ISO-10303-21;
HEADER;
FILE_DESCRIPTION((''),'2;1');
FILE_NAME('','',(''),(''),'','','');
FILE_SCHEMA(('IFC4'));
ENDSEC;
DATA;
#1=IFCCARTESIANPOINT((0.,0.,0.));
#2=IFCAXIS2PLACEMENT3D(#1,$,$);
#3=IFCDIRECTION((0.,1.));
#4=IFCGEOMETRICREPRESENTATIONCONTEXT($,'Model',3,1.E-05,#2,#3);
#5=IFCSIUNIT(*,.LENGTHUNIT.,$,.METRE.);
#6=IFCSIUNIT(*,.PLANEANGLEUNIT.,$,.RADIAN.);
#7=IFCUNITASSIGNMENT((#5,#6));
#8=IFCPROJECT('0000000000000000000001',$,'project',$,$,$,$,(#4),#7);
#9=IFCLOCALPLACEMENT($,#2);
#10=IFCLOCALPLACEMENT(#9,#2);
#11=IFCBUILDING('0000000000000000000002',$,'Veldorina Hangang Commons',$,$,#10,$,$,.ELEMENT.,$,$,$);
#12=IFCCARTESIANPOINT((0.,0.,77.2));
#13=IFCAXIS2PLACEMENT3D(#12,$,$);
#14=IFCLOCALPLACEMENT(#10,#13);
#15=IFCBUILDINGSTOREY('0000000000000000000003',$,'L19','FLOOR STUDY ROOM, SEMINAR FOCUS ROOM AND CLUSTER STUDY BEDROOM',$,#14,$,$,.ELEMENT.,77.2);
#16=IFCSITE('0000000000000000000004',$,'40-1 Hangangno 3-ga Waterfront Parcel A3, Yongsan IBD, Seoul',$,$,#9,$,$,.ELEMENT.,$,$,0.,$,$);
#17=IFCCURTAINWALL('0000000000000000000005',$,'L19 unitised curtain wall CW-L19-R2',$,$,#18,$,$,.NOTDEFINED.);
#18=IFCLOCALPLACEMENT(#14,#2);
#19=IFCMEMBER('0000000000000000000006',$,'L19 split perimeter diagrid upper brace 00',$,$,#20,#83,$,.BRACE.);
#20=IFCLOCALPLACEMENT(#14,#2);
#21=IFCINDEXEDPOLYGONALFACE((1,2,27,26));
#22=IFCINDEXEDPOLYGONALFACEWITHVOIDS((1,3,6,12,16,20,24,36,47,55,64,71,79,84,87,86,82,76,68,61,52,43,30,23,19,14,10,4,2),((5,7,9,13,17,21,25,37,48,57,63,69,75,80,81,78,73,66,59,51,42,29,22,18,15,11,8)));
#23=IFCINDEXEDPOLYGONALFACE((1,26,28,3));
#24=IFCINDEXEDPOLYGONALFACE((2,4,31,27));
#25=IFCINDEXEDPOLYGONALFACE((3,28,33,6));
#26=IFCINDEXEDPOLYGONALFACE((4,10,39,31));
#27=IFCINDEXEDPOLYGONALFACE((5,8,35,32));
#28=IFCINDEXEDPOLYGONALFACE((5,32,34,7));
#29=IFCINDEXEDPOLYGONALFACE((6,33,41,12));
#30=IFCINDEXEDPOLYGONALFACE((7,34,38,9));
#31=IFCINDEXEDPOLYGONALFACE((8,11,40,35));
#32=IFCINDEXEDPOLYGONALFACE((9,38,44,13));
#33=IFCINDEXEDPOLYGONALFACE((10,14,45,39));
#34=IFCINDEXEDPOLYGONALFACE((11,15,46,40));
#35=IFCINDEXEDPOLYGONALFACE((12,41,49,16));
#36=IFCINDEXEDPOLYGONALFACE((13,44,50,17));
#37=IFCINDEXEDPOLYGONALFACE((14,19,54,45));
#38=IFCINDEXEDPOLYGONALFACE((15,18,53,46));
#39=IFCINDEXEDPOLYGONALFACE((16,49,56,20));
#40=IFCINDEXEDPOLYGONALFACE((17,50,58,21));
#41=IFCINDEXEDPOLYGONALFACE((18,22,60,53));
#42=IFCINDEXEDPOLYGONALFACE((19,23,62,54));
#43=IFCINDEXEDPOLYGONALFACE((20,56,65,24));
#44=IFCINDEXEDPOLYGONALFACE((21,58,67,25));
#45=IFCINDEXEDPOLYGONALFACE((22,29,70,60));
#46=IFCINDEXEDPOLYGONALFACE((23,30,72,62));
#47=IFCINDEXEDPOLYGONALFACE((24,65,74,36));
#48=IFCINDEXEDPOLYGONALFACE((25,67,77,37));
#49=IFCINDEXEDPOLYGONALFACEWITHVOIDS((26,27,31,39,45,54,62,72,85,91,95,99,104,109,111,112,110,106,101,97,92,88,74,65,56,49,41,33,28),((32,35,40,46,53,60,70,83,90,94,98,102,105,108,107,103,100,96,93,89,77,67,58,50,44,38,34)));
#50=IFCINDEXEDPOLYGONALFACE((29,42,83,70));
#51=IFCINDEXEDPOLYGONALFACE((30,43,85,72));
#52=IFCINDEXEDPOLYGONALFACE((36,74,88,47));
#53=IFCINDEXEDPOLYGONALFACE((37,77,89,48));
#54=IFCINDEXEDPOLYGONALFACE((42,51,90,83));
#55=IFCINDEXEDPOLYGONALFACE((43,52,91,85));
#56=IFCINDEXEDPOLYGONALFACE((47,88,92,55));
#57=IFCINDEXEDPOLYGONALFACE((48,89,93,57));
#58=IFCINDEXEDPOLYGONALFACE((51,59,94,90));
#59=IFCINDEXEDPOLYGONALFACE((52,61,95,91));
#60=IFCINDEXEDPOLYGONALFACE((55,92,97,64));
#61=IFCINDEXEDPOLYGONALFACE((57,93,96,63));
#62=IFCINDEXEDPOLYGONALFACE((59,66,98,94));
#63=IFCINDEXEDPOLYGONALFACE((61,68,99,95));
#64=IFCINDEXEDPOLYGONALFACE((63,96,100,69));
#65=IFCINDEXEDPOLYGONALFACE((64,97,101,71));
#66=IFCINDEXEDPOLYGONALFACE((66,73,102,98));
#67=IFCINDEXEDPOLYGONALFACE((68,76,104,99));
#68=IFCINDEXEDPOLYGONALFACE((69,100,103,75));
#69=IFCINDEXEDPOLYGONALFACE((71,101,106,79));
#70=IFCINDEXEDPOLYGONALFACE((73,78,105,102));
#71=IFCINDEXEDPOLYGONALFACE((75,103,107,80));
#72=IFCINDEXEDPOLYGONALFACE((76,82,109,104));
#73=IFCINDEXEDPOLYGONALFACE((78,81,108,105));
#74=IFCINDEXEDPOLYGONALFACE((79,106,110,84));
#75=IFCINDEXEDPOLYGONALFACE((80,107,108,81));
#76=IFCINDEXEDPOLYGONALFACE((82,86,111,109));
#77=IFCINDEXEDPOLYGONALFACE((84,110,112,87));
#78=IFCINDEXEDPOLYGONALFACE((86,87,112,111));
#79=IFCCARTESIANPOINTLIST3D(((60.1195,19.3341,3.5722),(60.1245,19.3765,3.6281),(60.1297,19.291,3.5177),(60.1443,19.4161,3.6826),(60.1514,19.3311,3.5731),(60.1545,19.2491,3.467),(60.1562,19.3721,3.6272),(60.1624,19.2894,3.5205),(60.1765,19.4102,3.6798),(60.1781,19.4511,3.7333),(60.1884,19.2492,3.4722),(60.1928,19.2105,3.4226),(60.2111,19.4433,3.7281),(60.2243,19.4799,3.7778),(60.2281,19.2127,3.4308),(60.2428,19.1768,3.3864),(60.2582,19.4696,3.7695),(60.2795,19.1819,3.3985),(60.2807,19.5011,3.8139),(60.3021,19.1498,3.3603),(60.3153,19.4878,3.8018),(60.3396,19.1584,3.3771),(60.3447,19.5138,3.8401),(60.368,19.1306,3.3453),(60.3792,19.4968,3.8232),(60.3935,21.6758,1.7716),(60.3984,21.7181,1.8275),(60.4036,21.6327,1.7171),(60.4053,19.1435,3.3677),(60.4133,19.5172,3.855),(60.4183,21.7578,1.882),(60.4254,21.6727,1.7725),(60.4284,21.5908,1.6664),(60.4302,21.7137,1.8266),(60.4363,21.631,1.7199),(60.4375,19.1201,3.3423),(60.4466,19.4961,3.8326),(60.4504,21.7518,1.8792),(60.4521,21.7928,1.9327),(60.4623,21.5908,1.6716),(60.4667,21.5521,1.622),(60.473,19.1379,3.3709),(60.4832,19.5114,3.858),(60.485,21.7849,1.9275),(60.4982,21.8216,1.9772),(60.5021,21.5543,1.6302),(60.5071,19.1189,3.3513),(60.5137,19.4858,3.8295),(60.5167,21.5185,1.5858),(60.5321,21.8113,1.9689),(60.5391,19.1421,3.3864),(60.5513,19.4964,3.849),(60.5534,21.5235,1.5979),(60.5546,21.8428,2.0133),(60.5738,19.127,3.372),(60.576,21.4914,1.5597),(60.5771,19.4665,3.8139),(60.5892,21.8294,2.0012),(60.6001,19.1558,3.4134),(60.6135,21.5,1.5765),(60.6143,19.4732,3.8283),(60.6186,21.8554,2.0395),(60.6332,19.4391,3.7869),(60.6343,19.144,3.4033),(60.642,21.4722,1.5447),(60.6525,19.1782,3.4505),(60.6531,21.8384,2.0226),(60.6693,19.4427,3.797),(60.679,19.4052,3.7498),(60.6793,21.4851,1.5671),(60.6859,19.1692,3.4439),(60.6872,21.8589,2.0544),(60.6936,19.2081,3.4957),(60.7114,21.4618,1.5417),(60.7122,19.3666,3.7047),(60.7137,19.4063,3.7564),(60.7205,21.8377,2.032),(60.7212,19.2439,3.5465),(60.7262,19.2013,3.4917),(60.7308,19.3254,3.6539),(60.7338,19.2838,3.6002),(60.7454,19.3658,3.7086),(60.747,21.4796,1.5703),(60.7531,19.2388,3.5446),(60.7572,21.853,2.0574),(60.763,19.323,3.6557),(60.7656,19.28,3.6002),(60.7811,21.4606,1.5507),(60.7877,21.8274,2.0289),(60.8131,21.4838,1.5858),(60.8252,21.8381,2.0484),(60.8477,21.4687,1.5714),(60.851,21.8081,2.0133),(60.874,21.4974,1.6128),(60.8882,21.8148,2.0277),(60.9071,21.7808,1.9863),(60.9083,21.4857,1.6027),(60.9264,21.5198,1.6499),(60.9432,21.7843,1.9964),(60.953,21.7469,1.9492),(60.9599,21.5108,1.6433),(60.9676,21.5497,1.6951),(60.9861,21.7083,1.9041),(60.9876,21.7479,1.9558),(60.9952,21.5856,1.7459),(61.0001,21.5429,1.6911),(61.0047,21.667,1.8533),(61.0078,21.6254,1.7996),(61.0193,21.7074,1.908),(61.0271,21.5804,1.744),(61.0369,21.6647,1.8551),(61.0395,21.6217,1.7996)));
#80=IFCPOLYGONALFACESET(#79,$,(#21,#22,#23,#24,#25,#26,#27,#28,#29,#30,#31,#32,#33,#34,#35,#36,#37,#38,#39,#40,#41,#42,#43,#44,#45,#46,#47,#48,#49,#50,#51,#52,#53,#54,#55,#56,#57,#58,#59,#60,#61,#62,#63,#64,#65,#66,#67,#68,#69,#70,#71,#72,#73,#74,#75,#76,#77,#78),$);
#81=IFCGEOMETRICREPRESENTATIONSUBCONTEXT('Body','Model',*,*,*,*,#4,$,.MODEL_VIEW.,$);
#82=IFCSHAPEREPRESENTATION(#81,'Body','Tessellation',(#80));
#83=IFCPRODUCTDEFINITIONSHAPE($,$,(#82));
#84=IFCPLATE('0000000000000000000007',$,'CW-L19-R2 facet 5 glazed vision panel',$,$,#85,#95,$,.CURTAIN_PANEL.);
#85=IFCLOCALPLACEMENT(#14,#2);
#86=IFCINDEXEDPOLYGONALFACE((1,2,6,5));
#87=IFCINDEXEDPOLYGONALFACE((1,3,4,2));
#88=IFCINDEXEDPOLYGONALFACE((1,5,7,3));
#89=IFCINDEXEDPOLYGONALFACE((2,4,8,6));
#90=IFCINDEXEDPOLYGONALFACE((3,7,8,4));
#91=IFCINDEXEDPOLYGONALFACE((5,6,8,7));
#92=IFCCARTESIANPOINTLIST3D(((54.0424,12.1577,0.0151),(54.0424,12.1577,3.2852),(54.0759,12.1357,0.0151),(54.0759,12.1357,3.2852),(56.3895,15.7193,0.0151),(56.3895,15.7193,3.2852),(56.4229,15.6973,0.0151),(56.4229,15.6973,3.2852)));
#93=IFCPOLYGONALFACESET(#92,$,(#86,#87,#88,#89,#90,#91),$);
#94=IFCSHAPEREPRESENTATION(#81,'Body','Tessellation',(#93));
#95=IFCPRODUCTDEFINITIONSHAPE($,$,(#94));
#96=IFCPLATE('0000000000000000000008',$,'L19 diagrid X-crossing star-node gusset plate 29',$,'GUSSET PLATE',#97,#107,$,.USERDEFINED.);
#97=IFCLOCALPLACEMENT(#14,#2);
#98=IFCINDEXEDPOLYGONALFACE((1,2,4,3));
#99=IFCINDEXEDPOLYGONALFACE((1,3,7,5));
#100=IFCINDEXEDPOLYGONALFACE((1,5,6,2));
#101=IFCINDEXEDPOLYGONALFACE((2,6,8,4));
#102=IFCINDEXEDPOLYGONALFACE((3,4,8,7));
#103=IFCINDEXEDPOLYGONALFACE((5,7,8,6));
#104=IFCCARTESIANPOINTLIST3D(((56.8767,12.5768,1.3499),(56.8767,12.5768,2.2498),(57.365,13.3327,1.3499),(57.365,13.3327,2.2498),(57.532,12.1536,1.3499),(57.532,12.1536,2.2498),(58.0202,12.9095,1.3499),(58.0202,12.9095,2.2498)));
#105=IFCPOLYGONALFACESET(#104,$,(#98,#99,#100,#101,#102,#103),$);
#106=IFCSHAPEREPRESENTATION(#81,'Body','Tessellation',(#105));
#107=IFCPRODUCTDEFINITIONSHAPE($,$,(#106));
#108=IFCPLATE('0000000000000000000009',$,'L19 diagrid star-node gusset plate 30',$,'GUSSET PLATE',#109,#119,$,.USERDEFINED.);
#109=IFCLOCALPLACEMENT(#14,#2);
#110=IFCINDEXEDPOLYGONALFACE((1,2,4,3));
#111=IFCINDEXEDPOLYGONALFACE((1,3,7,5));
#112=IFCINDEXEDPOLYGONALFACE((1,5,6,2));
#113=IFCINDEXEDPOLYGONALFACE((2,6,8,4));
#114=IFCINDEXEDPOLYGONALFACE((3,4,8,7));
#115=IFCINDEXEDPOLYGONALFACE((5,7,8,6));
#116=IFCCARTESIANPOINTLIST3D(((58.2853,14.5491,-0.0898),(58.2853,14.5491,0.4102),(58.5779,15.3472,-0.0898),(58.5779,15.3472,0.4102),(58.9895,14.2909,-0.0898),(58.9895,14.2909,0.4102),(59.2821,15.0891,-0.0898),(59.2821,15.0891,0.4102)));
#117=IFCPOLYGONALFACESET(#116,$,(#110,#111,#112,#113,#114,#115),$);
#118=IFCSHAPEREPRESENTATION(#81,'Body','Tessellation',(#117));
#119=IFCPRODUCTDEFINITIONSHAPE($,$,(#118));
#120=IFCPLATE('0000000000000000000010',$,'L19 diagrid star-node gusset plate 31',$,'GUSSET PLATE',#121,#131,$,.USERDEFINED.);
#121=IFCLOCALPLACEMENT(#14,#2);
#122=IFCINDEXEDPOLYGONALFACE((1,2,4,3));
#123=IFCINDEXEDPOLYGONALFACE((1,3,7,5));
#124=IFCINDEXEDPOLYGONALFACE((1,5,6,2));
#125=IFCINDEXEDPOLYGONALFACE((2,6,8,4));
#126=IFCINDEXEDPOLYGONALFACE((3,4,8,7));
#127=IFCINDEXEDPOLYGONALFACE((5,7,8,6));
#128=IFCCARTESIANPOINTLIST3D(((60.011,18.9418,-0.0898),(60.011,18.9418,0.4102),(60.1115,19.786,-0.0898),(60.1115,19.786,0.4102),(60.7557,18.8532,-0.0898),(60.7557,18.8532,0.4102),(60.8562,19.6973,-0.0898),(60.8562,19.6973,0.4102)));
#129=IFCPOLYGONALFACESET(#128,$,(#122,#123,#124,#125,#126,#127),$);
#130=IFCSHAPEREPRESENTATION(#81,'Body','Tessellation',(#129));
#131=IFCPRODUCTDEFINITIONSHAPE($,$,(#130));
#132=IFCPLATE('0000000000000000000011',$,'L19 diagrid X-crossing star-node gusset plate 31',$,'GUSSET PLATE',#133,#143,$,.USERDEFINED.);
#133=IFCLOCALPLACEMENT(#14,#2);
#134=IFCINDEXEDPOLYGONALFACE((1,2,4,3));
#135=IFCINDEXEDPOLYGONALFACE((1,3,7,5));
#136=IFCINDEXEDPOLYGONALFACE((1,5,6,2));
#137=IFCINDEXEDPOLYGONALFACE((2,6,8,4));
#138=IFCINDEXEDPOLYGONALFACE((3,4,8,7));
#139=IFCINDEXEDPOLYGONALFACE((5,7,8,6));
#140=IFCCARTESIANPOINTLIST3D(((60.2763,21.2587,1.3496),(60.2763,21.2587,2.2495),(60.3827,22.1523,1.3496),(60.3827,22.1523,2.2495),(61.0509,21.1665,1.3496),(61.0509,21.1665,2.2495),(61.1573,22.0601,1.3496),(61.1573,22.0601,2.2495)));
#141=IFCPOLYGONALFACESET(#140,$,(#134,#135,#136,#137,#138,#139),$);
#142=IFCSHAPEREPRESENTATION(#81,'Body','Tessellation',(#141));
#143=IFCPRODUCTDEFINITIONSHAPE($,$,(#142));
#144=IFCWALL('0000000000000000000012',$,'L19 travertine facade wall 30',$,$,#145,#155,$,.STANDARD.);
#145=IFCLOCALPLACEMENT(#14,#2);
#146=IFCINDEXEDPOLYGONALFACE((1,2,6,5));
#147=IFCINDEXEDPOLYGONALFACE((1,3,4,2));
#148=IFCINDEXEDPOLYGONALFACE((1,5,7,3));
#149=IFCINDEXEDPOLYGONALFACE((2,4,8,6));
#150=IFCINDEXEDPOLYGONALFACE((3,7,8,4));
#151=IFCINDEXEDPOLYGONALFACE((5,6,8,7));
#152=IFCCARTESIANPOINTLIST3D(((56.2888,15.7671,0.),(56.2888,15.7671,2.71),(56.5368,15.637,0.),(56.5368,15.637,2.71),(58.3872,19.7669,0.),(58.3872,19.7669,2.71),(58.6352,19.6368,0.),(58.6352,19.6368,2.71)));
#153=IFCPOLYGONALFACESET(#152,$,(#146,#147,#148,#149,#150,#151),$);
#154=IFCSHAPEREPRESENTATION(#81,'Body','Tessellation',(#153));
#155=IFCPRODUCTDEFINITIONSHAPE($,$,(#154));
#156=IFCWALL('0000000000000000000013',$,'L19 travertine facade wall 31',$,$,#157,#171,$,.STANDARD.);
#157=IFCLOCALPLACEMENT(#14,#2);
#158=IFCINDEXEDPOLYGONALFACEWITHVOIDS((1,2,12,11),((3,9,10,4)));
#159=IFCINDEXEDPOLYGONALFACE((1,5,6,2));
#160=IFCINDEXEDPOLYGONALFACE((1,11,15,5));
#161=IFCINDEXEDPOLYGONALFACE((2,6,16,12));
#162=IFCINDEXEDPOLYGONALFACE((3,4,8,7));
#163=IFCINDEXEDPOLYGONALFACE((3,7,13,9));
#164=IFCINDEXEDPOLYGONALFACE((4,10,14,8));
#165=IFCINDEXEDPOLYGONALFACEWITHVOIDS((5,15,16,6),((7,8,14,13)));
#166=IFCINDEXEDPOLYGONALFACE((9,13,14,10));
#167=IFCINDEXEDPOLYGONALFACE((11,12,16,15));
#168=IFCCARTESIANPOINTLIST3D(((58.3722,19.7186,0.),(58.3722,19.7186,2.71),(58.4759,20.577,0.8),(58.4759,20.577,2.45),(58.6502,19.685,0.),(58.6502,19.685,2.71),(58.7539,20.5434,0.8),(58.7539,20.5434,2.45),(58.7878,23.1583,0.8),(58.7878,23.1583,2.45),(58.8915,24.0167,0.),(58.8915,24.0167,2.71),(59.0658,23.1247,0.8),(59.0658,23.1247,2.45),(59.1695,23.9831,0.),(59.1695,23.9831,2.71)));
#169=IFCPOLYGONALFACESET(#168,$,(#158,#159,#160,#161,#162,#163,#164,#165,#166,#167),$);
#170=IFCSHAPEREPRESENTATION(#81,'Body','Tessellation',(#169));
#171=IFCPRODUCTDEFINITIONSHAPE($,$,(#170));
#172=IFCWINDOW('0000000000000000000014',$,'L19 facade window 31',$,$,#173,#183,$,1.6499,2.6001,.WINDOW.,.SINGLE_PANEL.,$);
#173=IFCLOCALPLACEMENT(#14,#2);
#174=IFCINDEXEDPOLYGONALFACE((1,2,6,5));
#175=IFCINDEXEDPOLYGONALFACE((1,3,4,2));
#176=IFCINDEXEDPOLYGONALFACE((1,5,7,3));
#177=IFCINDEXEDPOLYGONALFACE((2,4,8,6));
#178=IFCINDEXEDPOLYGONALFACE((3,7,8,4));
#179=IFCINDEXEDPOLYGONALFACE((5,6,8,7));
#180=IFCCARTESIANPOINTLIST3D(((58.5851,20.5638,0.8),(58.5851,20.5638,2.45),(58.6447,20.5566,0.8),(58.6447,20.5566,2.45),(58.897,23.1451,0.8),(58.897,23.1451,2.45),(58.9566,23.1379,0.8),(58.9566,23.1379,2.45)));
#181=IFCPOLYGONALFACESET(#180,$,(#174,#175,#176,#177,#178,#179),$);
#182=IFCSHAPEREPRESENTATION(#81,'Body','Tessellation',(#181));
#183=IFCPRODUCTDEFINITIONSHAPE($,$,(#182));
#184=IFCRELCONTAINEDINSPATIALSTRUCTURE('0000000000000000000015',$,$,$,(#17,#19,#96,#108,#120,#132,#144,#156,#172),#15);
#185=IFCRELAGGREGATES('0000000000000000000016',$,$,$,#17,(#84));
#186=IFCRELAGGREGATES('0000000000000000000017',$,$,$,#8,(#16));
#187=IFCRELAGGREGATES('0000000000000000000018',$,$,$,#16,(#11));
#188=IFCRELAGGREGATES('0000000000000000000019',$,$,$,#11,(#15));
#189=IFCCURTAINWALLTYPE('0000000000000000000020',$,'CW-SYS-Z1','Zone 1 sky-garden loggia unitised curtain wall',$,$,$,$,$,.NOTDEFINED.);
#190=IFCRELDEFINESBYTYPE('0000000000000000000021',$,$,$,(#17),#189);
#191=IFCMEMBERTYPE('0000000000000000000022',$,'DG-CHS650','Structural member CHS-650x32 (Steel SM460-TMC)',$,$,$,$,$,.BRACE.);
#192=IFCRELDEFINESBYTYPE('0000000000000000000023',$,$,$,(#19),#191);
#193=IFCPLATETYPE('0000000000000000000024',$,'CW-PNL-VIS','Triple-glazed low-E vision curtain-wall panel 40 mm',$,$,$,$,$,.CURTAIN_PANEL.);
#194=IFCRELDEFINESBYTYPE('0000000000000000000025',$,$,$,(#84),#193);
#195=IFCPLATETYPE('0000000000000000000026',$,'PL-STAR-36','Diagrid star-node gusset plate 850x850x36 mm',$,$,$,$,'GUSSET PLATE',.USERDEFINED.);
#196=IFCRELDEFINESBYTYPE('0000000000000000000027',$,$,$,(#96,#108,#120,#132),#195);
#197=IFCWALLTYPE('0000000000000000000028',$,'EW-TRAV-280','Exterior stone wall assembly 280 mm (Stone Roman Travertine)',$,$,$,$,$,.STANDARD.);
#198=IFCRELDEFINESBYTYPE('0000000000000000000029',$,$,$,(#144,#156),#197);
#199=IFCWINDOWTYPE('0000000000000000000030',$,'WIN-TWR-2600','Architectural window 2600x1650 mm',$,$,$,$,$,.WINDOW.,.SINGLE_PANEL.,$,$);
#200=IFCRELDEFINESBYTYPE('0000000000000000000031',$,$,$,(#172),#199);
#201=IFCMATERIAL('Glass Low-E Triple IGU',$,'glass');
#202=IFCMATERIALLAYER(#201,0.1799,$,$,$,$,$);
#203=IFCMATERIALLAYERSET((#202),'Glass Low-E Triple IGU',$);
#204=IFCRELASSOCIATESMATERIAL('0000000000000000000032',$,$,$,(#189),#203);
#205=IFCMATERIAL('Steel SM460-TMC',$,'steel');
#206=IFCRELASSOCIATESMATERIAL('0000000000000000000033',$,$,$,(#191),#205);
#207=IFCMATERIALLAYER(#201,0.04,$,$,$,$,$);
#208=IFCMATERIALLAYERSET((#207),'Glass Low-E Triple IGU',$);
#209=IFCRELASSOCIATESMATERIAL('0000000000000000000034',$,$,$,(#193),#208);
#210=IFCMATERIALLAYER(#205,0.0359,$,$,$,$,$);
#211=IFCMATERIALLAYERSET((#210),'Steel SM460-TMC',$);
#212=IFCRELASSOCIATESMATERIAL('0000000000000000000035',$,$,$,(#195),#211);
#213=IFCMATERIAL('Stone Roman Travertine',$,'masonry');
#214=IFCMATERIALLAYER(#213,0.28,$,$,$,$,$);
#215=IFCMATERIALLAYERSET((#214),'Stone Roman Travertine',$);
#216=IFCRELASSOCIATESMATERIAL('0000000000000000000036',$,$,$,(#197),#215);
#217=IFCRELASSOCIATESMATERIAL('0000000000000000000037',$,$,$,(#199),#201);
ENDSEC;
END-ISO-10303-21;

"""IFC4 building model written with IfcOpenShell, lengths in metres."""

from ifc_helpers import new_model, si_unit, direction, frame, frame_2d, origin, origin_2d, place, context, subcontext, project, spatial, rectangle, hollow_circle, extrude, material, layer, layer_set, material_profile, profile_set, type_object, element, fill, aggregate, save


model = new_model("IFC4")

# Units and contexts
model_context = context("Model", 3, precision=1e-05, world=origin(), true_north=direction((0.0, 1.0)))
body_context = subcontext(model_context, "Body", "Model", "MODEL_VIEW")
ifc_project = project(units=[si_unit("LENGTHUNIT", "METRE"), si_unit("PLANEANGLEUNIT", "RADIAN")], contexts=[model_context])

# Site, building, storey
site_placement = place(None, origin())
site = spatial("IfcSite", under=ifc_project, at=site_placement, Name="40-1 Hangangno 3-ga Waterfront Parcel A3, Yongsan IBD, Seoul", CompositionType="ELEMENT", RefElevation=0.0)
building_placement = place(site_placement, origin())
building = spatial("IfcBuilding", under=site, at=building_placement, Name="Veldorina Hangang Commons", CompositionType="ELEMENT")
storey_placement = place(building_placement, frame((0.0, 0.0, 77.2)))
storey = spatial("IfcBuildingStorey", under=building, at=storey_placement, Name="L19", Description="FLOOR STUDY ROOM, SEMINAR FOCUS ROOM AND CLUSTER STUDY BEDROOM", CompositionType="ELEMENT", Elevation=77.2)

# Curtain wall
ifc_material_1 = material(Name="Glass Low-E Triple IGU", Category="glass")
ifc_layer_1 = layer(ifc_material_1, 0.1799)
ifc_layer_set_1 = layer_set([ifc_layer_1], Name="Glass Low-E Triple IGU")
curtain_wall_type = type_object("IfcCurtainWallType", Name="CW-SYS-Z1", Description="Zone 1 sky-garden loggia unitised curtain wall", PredefinedType="NOTDEFINED", material=ifc_layer_set_1)
curtain_wall_placement = place(storey_placement, origin())
curtain_wall = element("IfcCurtainWall", 1, at=curtain_wall_placement, inside=storey, type_object=curtain_wall_type, Name="L19 unitised curtain wall CW-L19-R2", PredefinedType="NOTDEFINED")

# Member
ifc_material_2 = material(Name="Steel SM460-TMC", Category="steel")
ifc_material_profile_1 = material_profile(ifc_material_2, hollow_circle(Radius=0.325, WallThickness=0.032, at=origin_2d()), Name="CHS-650x32")
ifc_profile_set_1 = profile_set([ifc_material_profile_1], Name="Steel SM460-TMC")
member_type_1 = type_object("IfcMemberType", Name="DG-CHS650", Description="Structural member CHS-650x32 (Steel SM460-TMC)", PredefinedType="BRACE", material=ifc_profile_set_1)
member_1_placement = place(storey_placement, frame((60.7168, 21.6594, 1.7996), z_axis=(-0.092341, -0.789345, 0.606967), x_axis=(0.993227, -0.116192, 0.0)))
element("IfcMember", 2, at=member_1_placement, inside=storey, type_object=member_type_1, Name="L19 split perimeter diagrid upper brace 00", PredefinedType="BRACE", context=body_context, shape_type="SweptSolid", body=[
    extrude(hollow_circle(Radius=0.325, WallThickness=0.032, at=origin_2d()), origin(), (0.0, 0.0, 1.0), 2.9666),
])

# Plate
ifc_layer_2 = layer(ifc_material_1, 0.04)
ifc_layer_set_2 = layer_set([ifc_layer_2], Name="Glass Low-E Triple IGU")
plate_type_1 = type_object("IfcPlateType", Name="CW-PNL-VIS", Description="Triple-glazed low-E vision curtain-wall panel 40 mm", PredefinedType="CURTAIN_PANEL", material=ifc_layer_set_2)
plate_1_placement = place(storey_placement, frame((55.2327, 13.9275, 0.0151), z_axis=(0.0, 0.0, 1.0), x_axis=(0.550248, 0.835002, 0.0)))
plate_1 = element("IfcPlate", 3, at=plate_1_placement, type_object=plate_type_1, Name="CW-L19-R2 facet 5 glazed vision panel", PredefinedType="CURTAIN_PANEL", context=body_context, shape_type="SweptSolid", body=[
    extrude(rectangle(XDim=4.2654, YDim=0.04, at=origin_2d()), origin(), (0.0, 0.0, 1.0), 3.27),
])
aggregate(curtain_wall, [plate_1])

# Plates
ifc_layer_3 = layer(ifc_material_2, 0.0359)
ifc_layer_set_3 = layer_set([ifc_layer_3], Name="Steel SM460-TMC")
plate_type_2 = type_object("IfcPlateType", Name="PL-STAR-36", Description="Diagrid star-node gusset plate 850x850x36 mm", ElementType="GUSSET PLATE", PredefinedType="USERDEFINED", material=ifc_layer_set_3)
plate_2_placement = place(storey_placement, frame((57.4485, 12.7432, 1.3499), z_axis=(0.0, 0.0, 1.0), x_axis=(0.542559, 0.840018, 0.0)))
element("IfcPlate", 4, at=plate_2_placement, inside=storey, type_object=plate_type_2, Name="L19 diagrid X-crossing star-node gusset plate 29", ObjectType="GUSSET PLATE", PredefinedType="USERDEFINED", context=body_context, shape_type="SweptSolid", body=[
    extrude(rectangle(XDim=0.8999, YDim=0.78, at=origin_2d()), origin(), (0.0, 0.0, 1.0), 0.8999),
])
for number, where, z_axis, x_axis, name in (
    (5, (58.7837, 14.8191, -0.0898), (0.0, 0.0, 1.0), (0.344184, 0.938902, 0.0), "L19 diagrid star-node gusset plate 30"),
    (6, (60.4336, 19.3196, -0.0898), (0.0, 0.0, 1.0), (0.118179, 0.992992, 0.0), "L19 diagrid star-node gusset plate 31"),
):
    element("IfcPlate", number, at=place(storey_placement, frame(where, z_axis=z_axis, x_axis=x_axis)), inside=storey, type_object=plate_type_2, Name=name, ObjectType="GUSSET PLATE", PredefinedType="USERDEFINED", context=body_context, shape_type="SweptSolid", body=[
        extrude(rectangle(XDim=0.8501, YDim=0.75, at=origin_2d()), origin(), (0.0, 0.0, 1.0), 0.5),
    ])
plate_3_placement = place(storey_placement, frame((60.7168, 21.6594, 1.3496), z_axis=(0.0, 0.0, 1.0), x_axis=(0.118179, 0.992992, 0.0)))
element("IfcPlate", 7, at=plate_3_placement, inside=storey, type_object=plate_type_2, Name="L19 diagrid X-crossing star-node gusset plate 31", ObjectType="GUSSET PLATE", PredefinedType="USERDEFINED", context=body_context, shape_type="SweptSolid", body=[
    extrude(rectangle(XDim=0.8999, YDim=0.78, at=origin_2d()), origin(), (0.0, 0.0, 1.0), 0.8999),
])

# Wall
ifc_material_3 = material(Name="Stone Roman Travertine", Category="masonry")
ifc_layer_4 = layer(ifc_material_3, 0.28)
ifc_layer_set_4 = layer_set([ifc_layer_4], Name="Stone Roman Travertine")
wall_type_1 = type_object("IfcWallType", Name="EW-TRAV-280", Description="Exterior stone wall assembly 280 mm (Stone Roman Travertine)", PredefinedType="STANDARD", material=ifc_layer_set_4)
wall_1_placement = place(storey_placement, frame((56.4128, 15.7021, 0.0), z_axis=(0.0, 0.0, 1.0), x_axis=(0.464576, 0.885533, 0.0)))
element("IfcWall", 8, at=wall_1_placement, inside=storey, type_object=wall_type_1, Name="L19 travertine facade wall 30", PredefinedType="STANDARD", context=body_context, shape_type="SweptSolid", body=[
    extrude(rectangle(XDim=4.5168, YDim=0.28, at=frame_2d((2.2583, 0.0))), origin(), (0.0, 0.0, 1.0), 2.71),
])

# Wall, opening, window
wall_2_placement = place(storey_placement, frame((58.5112, 19.7019, 0.0), z_axis=(0.0, 0.0, 1.0), x_axis=(0.119946, 0.99278, 0.0)))
wall_2 = element("IfcWall", 9, at=wall_2_placement, inside=storey, type_object=wall_type_1, Name="L19 travertine facade wall 31", PredefinedType="STANDARD", context=body_context, shape_type="SweptSolid", body=[
    extrude(rectangle(XDim=4.3293, YDim=0.28, at=frame_2d((2.1646, 0.0))), origin(), (0.0, 0.0, 1.0), 2.71),
])
opening_1_placement = place(wall_2_placement, frame((0.8645, 0.0, 0.8)))
opening_1 = element("IfcOpeningElement", 10, at=opening_1_placement, cuts=wall_2, PredefinedType="OPENING", context=body_context, shape_type="SweptSolid", body=[
    extrude(rectangle(XDim=2.6001, YDim=1.6499, at=frame_2d((1.3, 0.825))), frame((0.0, 0.1499, 0.0), z_axis=(0.0, -1.0, 0.0), x_axis=(1.0, 0.0, 0.0)), (0.0, 0.0, 1.0), 0.3),
])
window_type = type_object("IfcWindowType", Name="WIN-TWR-2600", Description="Architectural window 2600x1650 mm", PartitioningType="SINGLE_PANEL", PredefinedType="WINDOW", material=ifc_material_1)
window_placement = place(opening_1_placement, origin())
window = element("IfcWindow", 11, at=window_placement, inside=storey, type_object=window_type, Name="L19 facade window 31", OverallHeight=1.6499, OverallWidth=2.6001, PartitioningType="SINGLE_PANEL", PredefinedType="WINDOW", context=body_context, shape_type="SweptSolid", body=[
    extrude(rectangle(XDim=2.6001, YDim=1.6499, at=frame_2d((1.3, 0.825))), frame((0.0, 0.03, 0.0), z_axis=(0.0, -1.0, 0.0), x_axis=(1.0, 0.0, 0.0)), (0.0, 0.0, 1.0), 0.0601),
])
fill(opening_1, window)

save(model, "model.ifc")
